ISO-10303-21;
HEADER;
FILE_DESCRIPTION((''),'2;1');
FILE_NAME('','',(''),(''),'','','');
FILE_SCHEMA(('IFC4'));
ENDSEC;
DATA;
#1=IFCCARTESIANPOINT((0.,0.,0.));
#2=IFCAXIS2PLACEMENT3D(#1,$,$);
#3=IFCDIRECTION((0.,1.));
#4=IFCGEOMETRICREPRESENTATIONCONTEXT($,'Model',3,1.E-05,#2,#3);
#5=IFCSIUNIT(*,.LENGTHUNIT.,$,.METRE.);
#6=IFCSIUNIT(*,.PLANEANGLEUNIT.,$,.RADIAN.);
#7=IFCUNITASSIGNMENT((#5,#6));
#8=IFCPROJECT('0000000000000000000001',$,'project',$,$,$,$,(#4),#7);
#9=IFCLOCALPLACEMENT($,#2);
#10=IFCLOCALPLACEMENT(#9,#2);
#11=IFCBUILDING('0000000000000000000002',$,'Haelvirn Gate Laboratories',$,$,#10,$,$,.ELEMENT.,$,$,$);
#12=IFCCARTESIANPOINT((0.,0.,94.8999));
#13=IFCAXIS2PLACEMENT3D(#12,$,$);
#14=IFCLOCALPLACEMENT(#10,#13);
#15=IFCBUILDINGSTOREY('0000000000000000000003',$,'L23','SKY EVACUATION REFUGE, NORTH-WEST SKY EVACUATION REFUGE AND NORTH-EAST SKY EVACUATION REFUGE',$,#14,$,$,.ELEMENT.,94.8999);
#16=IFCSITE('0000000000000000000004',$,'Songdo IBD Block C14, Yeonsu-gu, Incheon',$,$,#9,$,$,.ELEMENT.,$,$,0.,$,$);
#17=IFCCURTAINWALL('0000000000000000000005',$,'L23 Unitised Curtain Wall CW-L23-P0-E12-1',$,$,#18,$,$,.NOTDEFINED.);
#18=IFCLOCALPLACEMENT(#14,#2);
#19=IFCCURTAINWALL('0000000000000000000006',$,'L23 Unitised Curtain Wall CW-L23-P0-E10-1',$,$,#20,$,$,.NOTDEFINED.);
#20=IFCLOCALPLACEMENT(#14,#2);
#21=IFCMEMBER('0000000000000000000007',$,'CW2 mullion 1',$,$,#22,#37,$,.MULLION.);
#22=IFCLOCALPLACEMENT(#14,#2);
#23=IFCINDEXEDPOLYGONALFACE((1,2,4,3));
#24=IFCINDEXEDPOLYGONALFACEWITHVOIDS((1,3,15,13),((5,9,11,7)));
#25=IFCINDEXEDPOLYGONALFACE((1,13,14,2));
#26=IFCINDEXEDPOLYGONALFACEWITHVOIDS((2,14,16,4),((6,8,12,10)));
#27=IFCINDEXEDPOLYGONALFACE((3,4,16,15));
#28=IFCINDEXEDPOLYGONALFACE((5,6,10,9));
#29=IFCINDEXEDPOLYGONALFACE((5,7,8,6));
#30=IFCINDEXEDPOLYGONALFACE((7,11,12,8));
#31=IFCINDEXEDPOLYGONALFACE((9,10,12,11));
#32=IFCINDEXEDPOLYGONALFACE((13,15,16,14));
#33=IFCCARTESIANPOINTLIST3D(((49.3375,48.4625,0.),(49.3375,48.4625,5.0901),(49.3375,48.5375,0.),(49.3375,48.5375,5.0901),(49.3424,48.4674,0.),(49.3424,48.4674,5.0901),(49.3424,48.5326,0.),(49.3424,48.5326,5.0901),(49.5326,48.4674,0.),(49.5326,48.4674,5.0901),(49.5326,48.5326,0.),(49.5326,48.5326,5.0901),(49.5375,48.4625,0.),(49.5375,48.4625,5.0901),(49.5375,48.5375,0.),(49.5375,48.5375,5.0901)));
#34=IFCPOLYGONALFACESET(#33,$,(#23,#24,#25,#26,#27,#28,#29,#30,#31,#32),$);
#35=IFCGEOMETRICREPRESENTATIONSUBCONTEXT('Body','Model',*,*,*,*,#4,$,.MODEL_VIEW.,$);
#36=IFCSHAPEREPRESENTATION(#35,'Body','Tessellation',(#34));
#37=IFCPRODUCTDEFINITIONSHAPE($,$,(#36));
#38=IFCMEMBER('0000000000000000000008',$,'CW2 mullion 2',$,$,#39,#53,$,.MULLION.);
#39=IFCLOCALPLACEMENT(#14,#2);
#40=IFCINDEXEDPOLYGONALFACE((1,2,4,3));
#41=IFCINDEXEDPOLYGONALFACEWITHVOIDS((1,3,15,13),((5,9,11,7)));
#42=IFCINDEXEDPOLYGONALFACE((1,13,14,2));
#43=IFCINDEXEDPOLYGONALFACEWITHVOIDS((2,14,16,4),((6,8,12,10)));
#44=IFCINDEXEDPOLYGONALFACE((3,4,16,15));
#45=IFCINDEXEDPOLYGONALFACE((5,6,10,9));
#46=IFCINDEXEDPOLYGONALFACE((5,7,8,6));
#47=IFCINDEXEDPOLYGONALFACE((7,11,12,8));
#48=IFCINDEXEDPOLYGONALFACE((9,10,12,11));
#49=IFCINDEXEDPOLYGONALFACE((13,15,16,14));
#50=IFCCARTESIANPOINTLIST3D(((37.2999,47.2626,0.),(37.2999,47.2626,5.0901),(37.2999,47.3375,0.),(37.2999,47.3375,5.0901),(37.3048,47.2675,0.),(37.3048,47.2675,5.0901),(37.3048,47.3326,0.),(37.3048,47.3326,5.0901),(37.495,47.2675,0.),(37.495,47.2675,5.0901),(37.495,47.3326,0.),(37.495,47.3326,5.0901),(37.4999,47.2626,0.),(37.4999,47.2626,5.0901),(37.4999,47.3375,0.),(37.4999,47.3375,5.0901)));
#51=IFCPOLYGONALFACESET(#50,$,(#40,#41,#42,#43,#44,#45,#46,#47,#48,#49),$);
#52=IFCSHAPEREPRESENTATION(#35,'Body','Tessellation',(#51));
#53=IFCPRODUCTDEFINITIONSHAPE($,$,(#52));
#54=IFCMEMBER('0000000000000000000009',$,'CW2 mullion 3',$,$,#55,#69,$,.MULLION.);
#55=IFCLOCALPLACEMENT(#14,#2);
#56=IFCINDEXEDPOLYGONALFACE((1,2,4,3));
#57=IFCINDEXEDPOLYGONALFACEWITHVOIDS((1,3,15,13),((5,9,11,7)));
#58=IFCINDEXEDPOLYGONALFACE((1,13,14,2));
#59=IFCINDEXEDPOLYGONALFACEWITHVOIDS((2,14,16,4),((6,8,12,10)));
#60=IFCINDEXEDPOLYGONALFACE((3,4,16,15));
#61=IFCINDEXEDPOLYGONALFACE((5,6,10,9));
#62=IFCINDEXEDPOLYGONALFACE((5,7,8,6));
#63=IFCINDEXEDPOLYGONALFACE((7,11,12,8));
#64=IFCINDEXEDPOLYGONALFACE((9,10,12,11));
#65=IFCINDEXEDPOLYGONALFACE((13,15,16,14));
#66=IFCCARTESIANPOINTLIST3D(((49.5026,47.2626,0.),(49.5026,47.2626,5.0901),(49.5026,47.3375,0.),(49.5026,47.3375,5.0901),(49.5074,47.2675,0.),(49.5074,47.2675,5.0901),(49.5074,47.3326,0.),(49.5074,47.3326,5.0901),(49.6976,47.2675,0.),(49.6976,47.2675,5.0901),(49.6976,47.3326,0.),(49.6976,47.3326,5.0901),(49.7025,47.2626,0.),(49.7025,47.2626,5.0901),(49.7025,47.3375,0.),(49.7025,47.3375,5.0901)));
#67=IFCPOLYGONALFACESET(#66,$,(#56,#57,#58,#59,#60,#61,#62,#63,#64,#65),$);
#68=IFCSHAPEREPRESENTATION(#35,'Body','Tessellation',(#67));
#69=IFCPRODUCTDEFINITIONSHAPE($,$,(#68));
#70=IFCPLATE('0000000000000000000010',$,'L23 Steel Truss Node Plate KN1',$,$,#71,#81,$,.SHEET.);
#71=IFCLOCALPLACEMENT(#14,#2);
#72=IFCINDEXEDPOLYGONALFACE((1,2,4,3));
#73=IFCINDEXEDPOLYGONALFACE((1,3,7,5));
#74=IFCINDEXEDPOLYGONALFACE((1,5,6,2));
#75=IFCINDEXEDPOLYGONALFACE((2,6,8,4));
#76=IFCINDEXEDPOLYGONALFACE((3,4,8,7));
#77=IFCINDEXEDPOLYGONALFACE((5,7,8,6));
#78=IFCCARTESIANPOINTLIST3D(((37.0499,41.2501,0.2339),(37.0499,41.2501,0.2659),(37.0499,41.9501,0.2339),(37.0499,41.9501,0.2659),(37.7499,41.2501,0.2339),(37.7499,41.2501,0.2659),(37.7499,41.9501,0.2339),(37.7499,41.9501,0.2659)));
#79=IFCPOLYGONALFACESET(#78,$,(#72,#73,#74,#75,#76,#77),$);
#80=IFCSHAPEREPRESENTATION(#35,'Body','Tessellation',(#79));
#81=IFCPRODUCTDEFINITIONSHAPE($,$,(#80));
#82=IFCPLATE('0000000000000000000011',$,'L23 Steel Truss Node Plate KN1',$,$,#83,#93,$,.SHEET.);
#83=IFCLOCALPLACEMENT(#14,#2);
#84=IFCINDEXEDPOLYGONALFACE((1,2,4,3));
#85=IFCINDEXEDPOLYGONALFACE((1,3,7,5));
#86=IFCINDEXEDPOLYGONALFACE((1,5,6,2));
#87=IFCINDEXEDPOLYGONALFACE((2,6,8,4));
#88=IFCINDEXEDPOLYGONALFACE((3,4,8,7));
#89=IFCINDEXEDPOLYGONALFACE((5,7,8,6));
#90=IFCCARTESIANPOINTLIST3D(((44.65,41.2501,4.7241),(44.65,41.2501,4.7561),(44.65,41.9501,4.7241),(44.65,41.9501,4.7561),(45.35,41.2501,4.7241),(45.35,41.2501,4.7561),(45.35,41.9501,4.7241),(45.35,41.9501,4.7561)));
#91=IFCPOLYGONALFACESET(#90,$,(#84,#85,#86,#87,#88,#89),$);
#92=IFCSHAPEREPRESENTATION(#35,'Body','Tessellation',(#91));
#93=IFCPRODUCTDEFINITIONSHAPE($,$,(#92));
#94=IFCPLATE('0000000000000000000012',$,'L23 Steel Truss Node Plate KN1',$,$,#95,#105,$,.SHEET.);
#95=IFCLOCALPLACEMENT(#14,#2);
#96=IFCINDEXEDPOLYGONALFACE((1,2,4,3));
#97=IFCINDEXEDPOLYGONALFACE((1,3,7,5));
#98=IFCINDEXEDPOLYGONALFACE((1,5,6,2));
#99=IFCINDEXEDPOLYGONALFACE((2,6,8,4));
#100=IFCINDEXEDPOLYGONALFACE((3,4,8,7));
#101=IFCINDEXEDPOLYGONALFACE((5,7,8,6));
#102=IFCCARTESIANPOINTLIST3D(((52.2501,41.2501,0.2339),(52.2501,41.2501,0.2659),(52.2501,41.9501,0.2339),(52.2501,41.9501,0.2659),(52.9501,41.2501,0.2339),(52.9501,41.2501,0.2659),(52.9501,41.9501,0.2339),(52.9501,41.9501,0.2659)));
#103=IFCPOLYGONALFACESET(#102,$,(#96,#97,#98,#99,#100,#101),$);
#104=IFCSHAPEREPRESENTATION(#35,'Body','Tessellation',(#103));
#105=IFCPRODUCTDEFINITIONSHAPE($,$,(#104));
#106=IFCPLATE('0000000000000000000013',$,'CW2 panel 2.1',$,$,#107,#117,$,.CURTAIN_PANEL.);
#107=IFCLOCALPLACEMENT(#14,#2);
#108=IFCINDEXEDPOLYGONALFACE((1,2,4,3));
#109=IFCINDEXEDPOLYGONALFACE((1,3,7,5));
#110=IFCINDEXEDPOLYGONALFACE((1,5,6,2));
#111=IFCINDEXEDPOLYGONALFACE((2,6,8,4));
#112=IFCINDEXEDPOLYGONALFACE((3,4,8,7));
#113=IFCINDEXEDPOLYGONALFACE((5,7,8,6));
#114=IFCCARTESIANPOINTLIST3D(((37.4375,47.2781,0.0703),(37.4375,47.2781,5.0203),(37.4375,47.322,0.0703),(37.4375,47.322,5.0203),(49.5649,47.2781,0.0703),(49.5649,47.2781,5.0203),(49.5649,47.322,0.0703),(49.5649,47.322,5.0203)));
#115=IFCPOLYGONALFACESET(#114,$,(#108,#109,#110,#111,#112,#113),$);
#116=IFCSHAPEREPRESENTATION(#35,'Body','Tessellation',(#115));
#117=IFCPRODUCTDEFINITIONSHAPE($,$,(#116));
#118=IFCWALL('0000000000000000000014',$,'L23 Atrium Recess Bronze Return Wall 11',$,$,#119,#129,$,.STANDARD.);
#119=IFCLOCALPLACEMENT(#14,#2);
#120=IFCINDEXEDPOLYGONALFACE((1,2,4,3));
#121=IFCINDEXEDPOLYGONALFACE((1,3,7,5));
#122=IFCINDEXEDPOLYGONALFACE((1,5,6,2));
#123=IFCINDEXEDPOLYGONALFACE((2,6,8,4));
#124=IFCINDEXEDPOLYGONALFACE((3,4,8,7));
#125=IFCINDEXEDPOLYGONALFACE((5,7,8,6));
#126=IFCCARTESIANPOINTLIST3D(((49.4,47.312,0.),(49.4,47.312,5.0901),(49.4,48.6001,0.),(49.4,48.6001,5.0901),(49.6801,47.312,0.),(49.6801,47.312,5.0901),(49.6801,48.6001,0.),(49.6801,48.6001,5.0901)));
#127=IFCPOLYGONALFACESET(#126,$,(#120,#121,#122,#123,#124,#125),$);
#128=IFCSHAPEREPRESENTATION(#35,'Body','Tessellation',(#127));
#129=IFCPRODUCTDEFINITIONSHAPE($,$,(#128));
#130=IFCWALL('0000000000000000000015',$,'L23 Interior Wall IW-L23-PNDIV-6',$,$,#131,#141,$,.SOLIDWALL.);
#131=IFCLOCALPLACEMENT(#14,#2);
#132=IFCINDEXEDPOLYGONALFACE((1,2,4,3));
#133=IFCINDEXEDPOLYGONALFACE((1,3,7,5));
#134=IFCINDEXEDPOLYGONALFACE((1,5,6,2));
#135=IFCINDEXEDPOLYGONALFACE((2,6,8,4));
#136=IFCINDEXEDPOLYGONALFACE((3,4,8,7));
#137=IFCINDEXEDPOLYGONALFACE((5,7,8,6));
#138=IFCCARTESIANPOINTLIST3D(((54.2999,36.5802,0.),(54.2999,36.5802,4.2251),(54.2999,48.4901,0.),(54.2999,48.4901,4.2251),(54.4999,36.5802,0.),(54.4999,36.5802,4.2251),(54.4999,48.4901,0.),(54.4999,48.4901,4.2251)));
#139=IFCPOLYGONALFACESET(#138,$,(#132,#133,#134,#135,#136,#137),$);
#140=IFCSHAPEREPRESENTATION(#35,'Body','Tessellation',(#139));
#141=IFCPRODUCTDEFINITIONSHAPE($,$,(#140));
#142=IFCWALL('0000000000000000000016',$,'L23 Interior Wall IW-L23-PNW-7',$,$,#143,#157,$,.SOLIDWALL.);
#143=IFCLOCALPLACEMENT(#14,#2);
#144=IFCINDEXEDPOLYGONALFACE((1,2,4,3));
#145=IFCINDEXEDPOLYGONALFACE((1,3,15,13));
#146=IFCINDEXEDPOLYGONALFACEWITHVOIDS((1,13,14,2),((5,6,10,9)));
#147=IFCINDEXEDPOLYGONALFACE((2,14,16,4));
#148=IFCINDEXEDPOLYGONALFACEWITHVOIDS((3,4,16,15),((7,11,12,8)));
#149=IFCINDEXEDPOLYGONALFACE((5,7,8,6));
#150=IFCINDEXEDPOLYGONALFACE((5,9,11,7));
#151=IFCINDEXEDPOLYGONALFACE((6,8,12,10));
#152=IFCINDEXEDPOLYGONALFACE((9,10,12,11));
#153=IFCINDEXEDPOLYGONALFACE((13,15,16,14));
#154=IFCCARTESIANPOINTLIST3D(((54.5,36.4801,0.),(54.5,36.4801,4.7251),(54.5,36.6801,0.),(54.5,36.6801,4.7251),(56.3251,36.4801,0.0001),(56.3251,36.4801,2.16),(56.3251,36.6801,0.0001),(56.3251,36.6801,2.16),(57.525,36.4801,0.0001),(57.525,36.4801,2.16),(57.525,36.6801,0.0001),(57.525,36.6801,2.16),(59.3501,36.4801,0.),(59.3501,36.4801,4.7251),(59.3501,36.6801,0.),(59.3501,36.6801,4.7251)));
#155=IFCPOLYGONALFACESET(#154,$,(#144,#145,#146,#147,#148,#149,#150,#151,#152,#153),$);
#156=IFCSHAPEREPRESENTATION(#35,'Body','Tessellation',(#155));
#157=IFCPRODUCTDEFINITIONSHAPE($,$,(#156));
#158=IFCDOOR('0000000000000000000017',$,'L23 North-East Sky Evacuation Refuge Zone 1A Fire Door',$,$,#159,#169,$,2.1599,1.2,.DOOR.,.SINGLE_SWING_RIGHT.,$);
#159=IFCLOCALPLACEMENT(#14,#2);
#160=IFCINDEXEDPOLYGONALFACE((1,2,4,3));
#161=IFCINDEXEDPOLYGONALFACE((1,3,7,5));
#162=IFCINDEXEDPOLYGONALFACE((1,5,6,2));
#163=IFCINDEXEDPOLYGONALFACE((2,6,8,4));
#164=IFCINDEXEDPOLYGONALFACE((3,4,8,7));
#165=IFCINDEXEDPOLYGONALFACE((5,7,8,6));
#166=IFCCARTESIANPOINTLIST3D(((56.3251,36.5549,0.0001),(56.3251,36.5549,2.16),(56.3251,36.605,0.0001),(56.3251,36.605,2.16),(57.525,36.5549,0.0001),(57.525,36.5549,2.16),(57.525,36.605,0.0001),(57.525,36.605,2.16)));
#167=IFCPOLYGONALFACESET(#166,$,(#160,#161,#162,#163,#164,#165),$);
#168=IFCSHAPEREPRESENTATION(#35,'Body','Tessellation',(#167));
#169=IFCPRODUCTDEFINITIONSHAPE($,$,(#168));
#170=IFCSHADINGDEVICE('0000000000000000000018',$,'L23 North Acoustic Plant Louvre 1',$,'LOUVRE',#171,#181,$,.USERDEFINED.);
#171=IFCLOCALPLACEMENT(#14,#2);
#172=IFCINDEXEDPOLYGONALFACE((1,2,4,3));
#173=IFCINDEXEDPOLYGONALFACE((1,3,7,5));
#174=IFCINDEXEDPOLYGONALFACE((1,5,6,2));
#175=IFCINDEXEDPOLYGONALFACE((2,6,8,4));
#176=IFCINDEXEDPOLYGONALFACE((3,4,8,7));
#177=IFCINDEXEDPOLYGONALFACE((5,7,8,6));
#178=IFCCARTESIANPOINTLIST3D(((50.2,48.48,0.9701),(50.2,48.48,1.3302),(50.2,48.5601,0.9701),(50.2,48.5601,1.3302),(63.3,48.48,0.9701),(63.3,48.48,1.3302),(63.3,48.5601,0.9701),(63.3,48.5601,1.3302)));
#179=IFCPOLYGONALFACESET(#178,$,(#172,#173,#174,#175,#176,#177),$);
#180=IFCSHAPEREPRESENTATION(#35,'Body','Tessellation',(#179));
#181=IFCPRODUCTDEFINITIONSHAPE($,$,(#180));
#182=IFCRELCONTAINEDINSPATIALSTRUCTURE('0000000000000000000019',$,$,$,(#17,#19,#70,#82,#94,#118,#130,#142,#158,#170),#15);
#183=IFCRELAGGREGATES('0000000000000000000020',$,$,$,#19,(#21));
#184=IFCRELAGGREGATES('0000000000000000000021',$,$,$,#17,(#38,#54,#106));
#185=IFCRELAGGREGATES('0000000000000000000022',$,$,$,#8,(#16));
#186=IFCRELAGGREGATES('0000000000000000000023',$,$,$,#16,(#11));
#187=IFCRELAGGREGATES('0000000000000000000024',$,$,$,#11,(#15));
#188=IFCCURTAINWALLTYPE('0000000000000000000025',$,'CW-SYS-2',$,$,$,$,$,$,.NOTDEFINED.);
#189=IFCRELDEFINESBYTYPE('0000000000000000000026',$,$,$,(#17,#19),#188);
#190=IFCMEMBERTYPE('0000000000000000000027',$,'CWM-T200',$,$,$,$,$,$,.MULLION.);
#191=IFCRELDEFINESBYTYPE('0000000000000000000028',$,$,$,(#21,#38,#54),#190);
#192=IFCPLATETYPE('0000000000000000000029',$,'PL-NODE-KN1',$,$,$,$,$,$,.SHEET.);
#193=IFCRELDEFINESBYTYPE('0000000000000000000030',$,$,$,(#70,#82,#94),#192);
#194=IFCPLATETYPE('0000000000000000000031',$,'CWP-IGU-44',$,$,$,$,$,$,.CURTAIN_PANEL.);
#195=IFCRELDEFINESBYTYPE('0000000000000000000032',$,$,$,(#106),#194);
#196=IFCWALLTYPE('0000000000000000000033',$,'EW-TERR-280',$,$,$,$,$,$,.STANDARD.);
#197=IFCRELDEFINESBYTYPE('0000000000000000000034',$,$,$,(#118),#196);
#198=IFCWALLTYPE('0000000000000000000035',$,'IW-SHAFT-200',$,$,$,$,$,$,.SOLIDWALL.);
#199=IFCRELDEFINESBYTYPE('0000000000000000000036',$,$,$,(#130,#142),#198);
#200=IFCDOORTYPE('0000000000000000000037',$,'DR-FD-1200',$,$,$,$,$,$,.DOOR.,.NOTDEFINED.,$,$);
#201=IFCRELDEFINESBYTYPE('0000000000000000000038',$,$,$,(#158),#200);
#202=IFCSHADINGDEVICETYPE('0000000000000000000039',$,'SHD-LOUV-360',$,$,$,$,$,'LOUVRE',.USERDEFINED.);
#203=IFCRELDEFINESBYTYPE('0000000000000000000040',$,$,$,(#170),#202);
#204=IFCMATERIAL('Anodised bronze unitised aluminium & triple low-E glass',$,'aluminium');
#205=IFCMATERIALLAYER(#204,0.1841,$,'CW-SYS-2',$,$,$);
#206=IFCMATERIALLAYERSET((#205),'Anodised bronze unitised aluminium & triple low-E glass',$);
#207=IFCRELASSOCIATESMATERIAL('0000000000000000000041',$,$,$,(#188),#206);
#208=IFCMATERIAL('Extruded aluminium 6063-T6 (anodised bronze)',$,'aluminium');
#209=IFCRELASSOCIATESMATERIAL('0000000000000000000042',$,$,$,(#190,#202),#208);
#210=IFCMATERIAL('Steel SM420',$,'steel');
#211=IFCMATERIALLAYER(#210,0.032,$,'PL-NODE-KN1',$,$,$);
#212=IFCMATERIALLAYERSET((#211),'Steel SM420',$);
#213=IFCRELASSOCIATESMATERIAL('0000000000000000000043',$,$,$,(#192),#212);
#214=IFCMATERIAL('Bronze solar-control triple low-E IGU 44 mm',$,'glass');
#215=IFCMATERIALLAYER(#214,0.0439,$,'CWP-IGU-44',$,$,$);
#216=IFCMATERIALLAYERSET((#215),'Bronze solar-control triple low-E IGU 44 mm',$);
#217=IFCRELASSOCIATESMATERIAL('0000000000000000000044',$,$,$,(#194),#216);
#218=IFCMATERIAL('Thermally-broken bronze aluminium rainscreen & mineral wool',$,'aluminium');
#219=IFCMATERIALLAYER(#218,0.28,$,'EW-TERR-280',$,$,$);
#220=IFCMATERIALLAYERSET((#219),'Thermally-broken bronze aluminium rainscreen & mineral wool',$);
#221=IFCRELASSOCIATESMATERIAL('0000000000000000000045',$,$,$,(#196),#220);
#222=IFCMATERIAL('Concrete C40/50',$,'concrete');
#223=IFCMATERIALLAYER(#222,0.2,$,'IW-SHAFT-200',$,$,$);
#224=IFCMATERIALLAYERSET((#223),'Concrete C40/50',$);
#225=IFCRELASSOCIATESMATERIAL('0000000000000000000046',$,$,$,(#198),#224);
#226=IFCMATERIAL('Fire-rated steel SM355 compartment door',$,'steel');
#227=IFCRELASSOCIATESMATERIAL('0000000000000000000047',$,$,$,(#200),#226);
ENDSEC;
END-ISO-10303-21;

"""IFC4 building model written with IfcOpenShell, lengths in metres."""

from ifc_helpers import new_model, si_unit, direction, frame, frame_2d, origin, origin_2d, place, context, subcontext, project, spatial, rectangle, hollow_rectangle, extrude, source, transform, mapped, material, layer, layer_set, material_profile, profile_set, type_object, type_shapes, element, fill, aggregate, save


model = new_model("IFC4")

# Units and contexts
model_context = context("Model", 3, precision=1e-05, world=origin(), true_north=direction((0.0, 1.0)))
body_context = subcontext(model_context, "Body", "Model", "MODEL_VIEW")
ifc_project = project(units=[si_unit("LENGTHUNIT", "METRE"), si_unit("PLANEANGLEUNIT", "RADIAN")], contexts=[model_context])

# Site, building, storey
site_placement = place(None, origin())
site = spatial("IfcSite", under=ifc_project, at=site_placement, Name="Songdo IBD Block C14, Yeonsu-gu, Incheon", CompositionType="ELEMENT", RefElevation=0.0)
building_placement = place(site_placement, origin())
building = spatial("IfcBuilding", under=site, at=building_placement, Name="Haelvirn Gate Laboratories", CompositionType="ELEMENT")
storey_placement = place(building_placement, frame((0.0, 0.0, 94.8999)))
storey = spatial("IfcBuildingStorey", under=building, at=storey_placement, Name="L23", Description="SKY EVACUATION REFUGE, NORTH-WEST SKY EVACUATION REFUGE AND NORTH-EAST SKY EVACUATION REFUGE", CompositionType="ELEMENT", Elevation=94.8999)

# Shared definitions
ifc_material_1 = material(Name="Steel SM420", Category="steel")

# Curtain walls, member
ifc_material_2 = material(Name="Anodised bronze unitised aluminium & triple low-E glass", Category="aluminium")
ifc_layer_1 = layer(ifc_material_2, 0.1841, Name="CW-SYS-2")
ifc_layer_set_1 = layer_set([ifc_layer_1], Name="Anodised bronze unitised aluminium & triple low-E glass")
curtain_wall_type = type_object("IfcCurtainWallType", Name="CW-SYS-2", PredefinedType="NOTDEFINED", material=ifc_layer_set_1)
curtain_wall_1_placement = place(storey_placement, origin())
curtain_wall_1 = element("IfcCurtainWall", 1, at=curtain_wall_1_placement, inside=storey, type_object=curtain_wall_type, Name="L23 Unitised Curtain Wall CW-L23-P0-E12-1", PredefinedType="NOTDEFINED")
ifc_material_3 = material(Name="Extruded aluminium 6063-T6 (anodised bronze)", Category="aluminium")
curtain_wall_2_placement = place(storey_placement, origin())
curtain_wall_2 = element("IfcCurtainWall", 2, at=curtain_wall_2_placement, inside=storey, type_object=curtain_wall_type, Name="L23 Unitised Curtain Wall CW-L23-P0-E10-1", PredefinedType="NOTDEFINED")
ifc_material_profile_1 = material_profile(ifc_material_3, hollow_rectangle(XDim=0.075, YDim=0.2, WallThickness=0.0049, at=origin_2d()), Name="CWM-200x75x5")
ifc_profile_set_1 = profile_set([ifc_material_profile_1], Name="Extruded aluminium 6063-T6 (anodised bronze)")
member_type_1 = type_object("IfcMemberType", Name="CWM-T200", PredefinedType="MULLION", material=ifc_profile_set_1)
shared_shape_1 = source(origin(), body_context, "Body", "SweptSolid", [
    extrude(hollow_rectangle(XDim=0.075, YDim=0.2, WallThickness=0.0049, at=origin_2d()), origin(), (0.0, 0.0, 1.0), 5.0901),
])
type_shapes(member_type_1, [shared_shape_1])
member_1_placement = place(storey_placement, frame((49.4375, 48.5, 0.0), z_axis=(0.0, 0.0, 1.0), x_axis=(0.0, 1.0, 0.0)))
member_1 = element("IfcMember", 3, at=member_1_placement, type_object=member_type_1, Name="CW2 mullion 1", PredefinedType="MULLION", context=body_context, shape_type="MappedRepresentation", body=[
    mapped(shared_shape_1, transform((0.0, 0.0, 0.0), scale=1.0)),
])
aggregate(curtain_wall_2, [member_1])

# Members
member_2_placement = place(storey_placement, frame((37.3999, 47.3, 0.0), z_axis=(0.0, 0.0, 1.0), x_axis=(0.0, 1.0, 0.0)))
member_2 = element("IfcMember", 4, at=member_2_placement, type_object=member_type_1, Name="CW2 mullion 2", PredefinedType="MULLION", context=body_context, shape_type="MappedRepresentation", body=[
    mapped(shared_shape_1, transform((0.0, 0.0, 0.0), scale=1.0)),
])
member_3_placement = place(storey_placement, frame((49.6025, 47.3, 0.0), z_axis=(0.0, 0.0, 1.0), x_axis=(0.0, 1.0, 0.0)))
member_3 = element("IfcMember", 5, at=member_3_placement, type_object=member_type_1, Name="CW2 mullion 3", PredefinedType="MULLION", context=body_context, shape_type="MappedRepresentation", body=[
    mapped(shared_shape_1, transform((0.0, 0.0, 0.0), scale=1.0)),
])

# Plates
ifc_layer_2 = layer(ifc_material_1, 0.032, Name="PL-NODE-KN1")
ifc_layer_set_2 = layer_set([ifc_layer_2], Name="Steel SM420")
plate_type_1 = type_object("IfcPlateType", Name="PL-NODE-KN1", PredefinedType="SHEET", material=ifc_layer_set_2)
shared_shape_2 = source(origin(), body_context, "Body", "SweptSolid", [
    extrude(rectangle(XDim=0.7, YDim=0.7, at=origin_2d()), origin(), (0.0, 0.0, 1.0), 0.032),
])
type_shapes(plate_type_1, [shared_shape_2])
for number, where, z_axis, x_axis, name in (
    (6, (37.3999, 41.6001, 0.2339), (0.0, 0.0, 1.0), (1.0, 0.0, 0.0), "L23 Steel Truss Node Plate KN1"),
    (7, (45.0, 41.6001, 4.7241), (0.0, 0.0, 1.0), (1.0, 0.0, 0.0), "L23 Steel Truss Node Plate KN1"),
    (8, (52.6001, 41.6001, 0.2339), (0.0, 0.0, 1.0), (1.0, 0.0, 0.0), "L23 Steel Truss Node Plate KN1"),
):
    element("IfcPlate", number, at=place(storey_placement, frame(where, z_axis=z_axis, x_axis=x_axis)), inside=storey, type_object=plate_type_1, Name=name, PredefinedType="SHEET", context=body_context, shape_type="MappedRepresentation", body=[
        mapped(shared_shape_2, transform((0.0, 0.0, 0.0), scale=1.0)),
    ])

# Plate
ifc_material_4 = material(Name="Bronze solar-control triple low-E IGU 44 mm", Category="glass")
ifc_layer_3 = layer(ifc_material_4, 0.0439, Name="CWP-IGU-44")
ifc_layer_set_3 = layer_set([ifc_layer_3], Name="Bronze solar-control triple low-E IGU 44 mm")
plate_type_2 = type_object("IfcPlateType", Name="CWP-IGU-44", PredefinedType="CURTAIN_PANEL", material=ifc_layer_set_3)
shared_shape_3 = source(origin(), body_context, "Body", "SweptSolid", [
    extrude(rectangle(XDim=12.1274, YDim=0.0439, at=origin_2d()), origin(), (0.0, 0.0, 1.0), 4.95),
])
type_shapes(plate_type_2, [shared_shape_3])
plate_placement = place(storey_placement, frame((43.5012, 47.3, 0.0703), z_axis=(0.0, 0.0, 1.0), x_axis=(1.0, 0.0, 0.0)))
plate = element("IfcPlate", 9, at=plate_placement, type_object=plate_type_2, Name="CW2 panel 2.1", PredefinedType="CURTAIN_PANEL", context=body_context, shape_type="MappedRepresentation", body=[
    mapped(shared_shape_3, transform((0.0, 0.0, 0.0), scale=1.0)),
])
aggregate(curtain_wall_1, [member_2, member_3, plate])

# Walls
ifc_material_5 = material(Name="Thermally-broken bronze aluminium rainscreen & mineral wool", Category="aluminium")
ifc_layer_4 = layer(ifc_material_5, 0.28, Name="EW-TERR-280")
ifc_layer_set_4 = layer_set([ifc_layer_4], Name="Thermally-broken bronze aluminium rainscreen & mineral wool")
wall_type_1 = type_object("IfcWallType", Name="EW-TERR-280", PredefinedType="STANDARD", material=ifc_layer_set_4)
wall_1_placement = place(storey_placement, frame((49.54, 48.6001, 0.0), z_axis=(0.0, 0.0, 1.0), x_axis=(0.0, -1.0, 0.0)))
element("IfcWall", 10, at=wall_1_placement, inside=storey, type_object=wall_type_1, Name="L23 Atrium Recess Bronze Return Wall 11", PredefinedType="STANDARD", context=body_context, shape_type="SweptSolid", body=[
    extrude(rectangle(XDim=1.2881, YDim=0.28, at=frame_2d((0.644, 0.0))), origin(), (0.0, 0.0, 1.0), 5.0901),
])
ifc_material_6 = material(Name="Concrete C40/50", Category="concrete")
ifc_layer_5 = layer(ifc_material_6, 0.2, Name="IW-SHAFT-200")
ifc_layer_set_5 = layer_set([ifc_layer_5], Name="Concrete C40/50")
wall_type_2 = type_object("IfcWallType", Name="IW-SHAFT-200", PredefinedType="SOLIDWALL", material=ifc_layer_set_5)
wall_2_placement = place(storey_placement, frame((54.3999, 36.5801, 0.0), z_axis=(0.0, 0.0, 1.0), x_axis=(0.0, 1.0, 0.0)))
element("IfcWall", 11, at=wall_2_placement, inside=storey, type_object=wall_type_2, Name="L23 Interior Wall IW-L23-PNDIV-6", PredefinedType="SOLIDWALL", context=body_context, shape_type="SweptSolid", body=[
    extrude(rectangle(XDim=11.9099, YDim=0.2, at=frame_2d((5.9551, 0.0))), origin(), (0.0, 0.0, 1.0), 4.2251),
])

# Wall, opening, door
wall_3_placement = place(storey_placement, frame((54.5, 36.5801, 0.0), z_axis=(0.0, 0.0, 1.0), x_axis=(1.0, 0.0, 0.0)))
wall_3 = element("IfcWall", 12, at=wall_3_placement, inside=storey, type_object=wall_type_2, Name="L23 Interior Wall IW-L23-PNW-7", PredefinedType="SOLIDWALL", context=body_context, shape_type="SweptSolid", body=[
    extrude(rectangle(XDim=4.8501, YDim=0.2, at=frame_2d((2.425, 0.0))), origin(), (0.0, 0.0, 1.0), 4.7251),
])
opening_placement = place(wall_3_placement, frame((1.825, 0.0, 0.0)))
opening = element("IfcOpeningElement", 13, at=opening_placement, cuts=wall_3, PredefinedType="OPENING", context=body_context, shape_type="SweptSolid", body=[
    extrude(rectangle(XDim=1.2, YDim=2.1599, at=frame_2d((0.6001, 1.0801))), frame((0.0, 0.1099, 0.0), z_axis=(0.0, -1.0, 0.0), x_axis=(1.0, 0.0, 0.0)), (0.0, 0.0, 1.0), 0.22),
])
ifc_material_7 = material(Name="Fire-rated steel SM355 compartment door", Category="steel")
door_type = type_object("IfcDoorType", Name="DR-FD-1200", OperationType="NOTDEFINED", PredefinedType="DOOR", material=ifc_material_7)
shared_shape_4 = source(origin(), body_context, "Body", "SweptSolid", [
    extrude(rectangle(XDim=1.2, YDim=2.1599, at=frame_2d((0.6001, 1.0801))), frame((0.0, 0.0249, 0.0), z_axis=(0.0, -1.0, 0.0), x_axis=(1.0, 0.0, 0.0)), (0.0, 0.0, 1.0), 0.05),
])
type_shapes(door_type, [shared_shape_4])
door_placement = place(opening_placement, origin())
door = element("IfcDoor", 14, at=door_placement, inside=storey, type_object=door_type, Name="L23 North-East Sky Evacuation Refuge Zone 1A Fire Door", OperationType="SINGLE_SWING_RIGHT", OverallHeight=2.1599, OverallWidth=1.2, PredefinedType="DOOR", context=body_context, shape_type="MappedRepresentation", body=[
    mapped(shared_shape_4, transform((0.0, 0.0, 0.0), scale=1.0)),
])
fill(opening, door)

# Shading device
ifc_material_profile_2 = material_profile(ifc_material_3, rectangle(XDim=0.0801, YDim=0.3601, at=origin_2d()), Name="LOUV-360x80")
ifc_profile_set_2 = profile_set([ifc_material_profile_2], Name="Extruded aluminium 6063-T6 (anodised bronze)")
shading_device_type = type_object("IfcShadingDeviceType", Name="SHD-LOUV-360", ElementType="LOUVRE", PredefinedType="USERDEFINED", material=ifc_profile_set_2)
shared_shape_5 = source(origin(), body_context, "Body", "SweptSolid", [
    extrude(rectangle(XDim=0.0801, YDim=0.3601, at=origin_2d()), origin(), (0.0, 0.0, 1.0), 13.1001),
])
type_shapes(shading_device_type, [shared_shape_5])
for number, where, z_axis, x_axis, name in (
    (15, (50.2, 48.52, 1.1501), (1.0, 0.0, 0.0), (0.0, 1.0, 0.0), "L23 North Acoustic Plant Louvre 1"),
):
    element("IfcShadingDevice", number, at=place(storey_placement, frame(where, z_axis=z_axis, x_axis=x_axis)), inside=storey, type_object=shading_device_type, Name=name, ObjectType="LOUVRE", PredefinedType="USERDEFINED", context=body_context, shape_type="MappedRepresentation", body=[
        mapped(shared_shape_5, transform((0.0, 0.0, 0.0), scale=1.0)),
    ])

save(model, "model.ifc")
